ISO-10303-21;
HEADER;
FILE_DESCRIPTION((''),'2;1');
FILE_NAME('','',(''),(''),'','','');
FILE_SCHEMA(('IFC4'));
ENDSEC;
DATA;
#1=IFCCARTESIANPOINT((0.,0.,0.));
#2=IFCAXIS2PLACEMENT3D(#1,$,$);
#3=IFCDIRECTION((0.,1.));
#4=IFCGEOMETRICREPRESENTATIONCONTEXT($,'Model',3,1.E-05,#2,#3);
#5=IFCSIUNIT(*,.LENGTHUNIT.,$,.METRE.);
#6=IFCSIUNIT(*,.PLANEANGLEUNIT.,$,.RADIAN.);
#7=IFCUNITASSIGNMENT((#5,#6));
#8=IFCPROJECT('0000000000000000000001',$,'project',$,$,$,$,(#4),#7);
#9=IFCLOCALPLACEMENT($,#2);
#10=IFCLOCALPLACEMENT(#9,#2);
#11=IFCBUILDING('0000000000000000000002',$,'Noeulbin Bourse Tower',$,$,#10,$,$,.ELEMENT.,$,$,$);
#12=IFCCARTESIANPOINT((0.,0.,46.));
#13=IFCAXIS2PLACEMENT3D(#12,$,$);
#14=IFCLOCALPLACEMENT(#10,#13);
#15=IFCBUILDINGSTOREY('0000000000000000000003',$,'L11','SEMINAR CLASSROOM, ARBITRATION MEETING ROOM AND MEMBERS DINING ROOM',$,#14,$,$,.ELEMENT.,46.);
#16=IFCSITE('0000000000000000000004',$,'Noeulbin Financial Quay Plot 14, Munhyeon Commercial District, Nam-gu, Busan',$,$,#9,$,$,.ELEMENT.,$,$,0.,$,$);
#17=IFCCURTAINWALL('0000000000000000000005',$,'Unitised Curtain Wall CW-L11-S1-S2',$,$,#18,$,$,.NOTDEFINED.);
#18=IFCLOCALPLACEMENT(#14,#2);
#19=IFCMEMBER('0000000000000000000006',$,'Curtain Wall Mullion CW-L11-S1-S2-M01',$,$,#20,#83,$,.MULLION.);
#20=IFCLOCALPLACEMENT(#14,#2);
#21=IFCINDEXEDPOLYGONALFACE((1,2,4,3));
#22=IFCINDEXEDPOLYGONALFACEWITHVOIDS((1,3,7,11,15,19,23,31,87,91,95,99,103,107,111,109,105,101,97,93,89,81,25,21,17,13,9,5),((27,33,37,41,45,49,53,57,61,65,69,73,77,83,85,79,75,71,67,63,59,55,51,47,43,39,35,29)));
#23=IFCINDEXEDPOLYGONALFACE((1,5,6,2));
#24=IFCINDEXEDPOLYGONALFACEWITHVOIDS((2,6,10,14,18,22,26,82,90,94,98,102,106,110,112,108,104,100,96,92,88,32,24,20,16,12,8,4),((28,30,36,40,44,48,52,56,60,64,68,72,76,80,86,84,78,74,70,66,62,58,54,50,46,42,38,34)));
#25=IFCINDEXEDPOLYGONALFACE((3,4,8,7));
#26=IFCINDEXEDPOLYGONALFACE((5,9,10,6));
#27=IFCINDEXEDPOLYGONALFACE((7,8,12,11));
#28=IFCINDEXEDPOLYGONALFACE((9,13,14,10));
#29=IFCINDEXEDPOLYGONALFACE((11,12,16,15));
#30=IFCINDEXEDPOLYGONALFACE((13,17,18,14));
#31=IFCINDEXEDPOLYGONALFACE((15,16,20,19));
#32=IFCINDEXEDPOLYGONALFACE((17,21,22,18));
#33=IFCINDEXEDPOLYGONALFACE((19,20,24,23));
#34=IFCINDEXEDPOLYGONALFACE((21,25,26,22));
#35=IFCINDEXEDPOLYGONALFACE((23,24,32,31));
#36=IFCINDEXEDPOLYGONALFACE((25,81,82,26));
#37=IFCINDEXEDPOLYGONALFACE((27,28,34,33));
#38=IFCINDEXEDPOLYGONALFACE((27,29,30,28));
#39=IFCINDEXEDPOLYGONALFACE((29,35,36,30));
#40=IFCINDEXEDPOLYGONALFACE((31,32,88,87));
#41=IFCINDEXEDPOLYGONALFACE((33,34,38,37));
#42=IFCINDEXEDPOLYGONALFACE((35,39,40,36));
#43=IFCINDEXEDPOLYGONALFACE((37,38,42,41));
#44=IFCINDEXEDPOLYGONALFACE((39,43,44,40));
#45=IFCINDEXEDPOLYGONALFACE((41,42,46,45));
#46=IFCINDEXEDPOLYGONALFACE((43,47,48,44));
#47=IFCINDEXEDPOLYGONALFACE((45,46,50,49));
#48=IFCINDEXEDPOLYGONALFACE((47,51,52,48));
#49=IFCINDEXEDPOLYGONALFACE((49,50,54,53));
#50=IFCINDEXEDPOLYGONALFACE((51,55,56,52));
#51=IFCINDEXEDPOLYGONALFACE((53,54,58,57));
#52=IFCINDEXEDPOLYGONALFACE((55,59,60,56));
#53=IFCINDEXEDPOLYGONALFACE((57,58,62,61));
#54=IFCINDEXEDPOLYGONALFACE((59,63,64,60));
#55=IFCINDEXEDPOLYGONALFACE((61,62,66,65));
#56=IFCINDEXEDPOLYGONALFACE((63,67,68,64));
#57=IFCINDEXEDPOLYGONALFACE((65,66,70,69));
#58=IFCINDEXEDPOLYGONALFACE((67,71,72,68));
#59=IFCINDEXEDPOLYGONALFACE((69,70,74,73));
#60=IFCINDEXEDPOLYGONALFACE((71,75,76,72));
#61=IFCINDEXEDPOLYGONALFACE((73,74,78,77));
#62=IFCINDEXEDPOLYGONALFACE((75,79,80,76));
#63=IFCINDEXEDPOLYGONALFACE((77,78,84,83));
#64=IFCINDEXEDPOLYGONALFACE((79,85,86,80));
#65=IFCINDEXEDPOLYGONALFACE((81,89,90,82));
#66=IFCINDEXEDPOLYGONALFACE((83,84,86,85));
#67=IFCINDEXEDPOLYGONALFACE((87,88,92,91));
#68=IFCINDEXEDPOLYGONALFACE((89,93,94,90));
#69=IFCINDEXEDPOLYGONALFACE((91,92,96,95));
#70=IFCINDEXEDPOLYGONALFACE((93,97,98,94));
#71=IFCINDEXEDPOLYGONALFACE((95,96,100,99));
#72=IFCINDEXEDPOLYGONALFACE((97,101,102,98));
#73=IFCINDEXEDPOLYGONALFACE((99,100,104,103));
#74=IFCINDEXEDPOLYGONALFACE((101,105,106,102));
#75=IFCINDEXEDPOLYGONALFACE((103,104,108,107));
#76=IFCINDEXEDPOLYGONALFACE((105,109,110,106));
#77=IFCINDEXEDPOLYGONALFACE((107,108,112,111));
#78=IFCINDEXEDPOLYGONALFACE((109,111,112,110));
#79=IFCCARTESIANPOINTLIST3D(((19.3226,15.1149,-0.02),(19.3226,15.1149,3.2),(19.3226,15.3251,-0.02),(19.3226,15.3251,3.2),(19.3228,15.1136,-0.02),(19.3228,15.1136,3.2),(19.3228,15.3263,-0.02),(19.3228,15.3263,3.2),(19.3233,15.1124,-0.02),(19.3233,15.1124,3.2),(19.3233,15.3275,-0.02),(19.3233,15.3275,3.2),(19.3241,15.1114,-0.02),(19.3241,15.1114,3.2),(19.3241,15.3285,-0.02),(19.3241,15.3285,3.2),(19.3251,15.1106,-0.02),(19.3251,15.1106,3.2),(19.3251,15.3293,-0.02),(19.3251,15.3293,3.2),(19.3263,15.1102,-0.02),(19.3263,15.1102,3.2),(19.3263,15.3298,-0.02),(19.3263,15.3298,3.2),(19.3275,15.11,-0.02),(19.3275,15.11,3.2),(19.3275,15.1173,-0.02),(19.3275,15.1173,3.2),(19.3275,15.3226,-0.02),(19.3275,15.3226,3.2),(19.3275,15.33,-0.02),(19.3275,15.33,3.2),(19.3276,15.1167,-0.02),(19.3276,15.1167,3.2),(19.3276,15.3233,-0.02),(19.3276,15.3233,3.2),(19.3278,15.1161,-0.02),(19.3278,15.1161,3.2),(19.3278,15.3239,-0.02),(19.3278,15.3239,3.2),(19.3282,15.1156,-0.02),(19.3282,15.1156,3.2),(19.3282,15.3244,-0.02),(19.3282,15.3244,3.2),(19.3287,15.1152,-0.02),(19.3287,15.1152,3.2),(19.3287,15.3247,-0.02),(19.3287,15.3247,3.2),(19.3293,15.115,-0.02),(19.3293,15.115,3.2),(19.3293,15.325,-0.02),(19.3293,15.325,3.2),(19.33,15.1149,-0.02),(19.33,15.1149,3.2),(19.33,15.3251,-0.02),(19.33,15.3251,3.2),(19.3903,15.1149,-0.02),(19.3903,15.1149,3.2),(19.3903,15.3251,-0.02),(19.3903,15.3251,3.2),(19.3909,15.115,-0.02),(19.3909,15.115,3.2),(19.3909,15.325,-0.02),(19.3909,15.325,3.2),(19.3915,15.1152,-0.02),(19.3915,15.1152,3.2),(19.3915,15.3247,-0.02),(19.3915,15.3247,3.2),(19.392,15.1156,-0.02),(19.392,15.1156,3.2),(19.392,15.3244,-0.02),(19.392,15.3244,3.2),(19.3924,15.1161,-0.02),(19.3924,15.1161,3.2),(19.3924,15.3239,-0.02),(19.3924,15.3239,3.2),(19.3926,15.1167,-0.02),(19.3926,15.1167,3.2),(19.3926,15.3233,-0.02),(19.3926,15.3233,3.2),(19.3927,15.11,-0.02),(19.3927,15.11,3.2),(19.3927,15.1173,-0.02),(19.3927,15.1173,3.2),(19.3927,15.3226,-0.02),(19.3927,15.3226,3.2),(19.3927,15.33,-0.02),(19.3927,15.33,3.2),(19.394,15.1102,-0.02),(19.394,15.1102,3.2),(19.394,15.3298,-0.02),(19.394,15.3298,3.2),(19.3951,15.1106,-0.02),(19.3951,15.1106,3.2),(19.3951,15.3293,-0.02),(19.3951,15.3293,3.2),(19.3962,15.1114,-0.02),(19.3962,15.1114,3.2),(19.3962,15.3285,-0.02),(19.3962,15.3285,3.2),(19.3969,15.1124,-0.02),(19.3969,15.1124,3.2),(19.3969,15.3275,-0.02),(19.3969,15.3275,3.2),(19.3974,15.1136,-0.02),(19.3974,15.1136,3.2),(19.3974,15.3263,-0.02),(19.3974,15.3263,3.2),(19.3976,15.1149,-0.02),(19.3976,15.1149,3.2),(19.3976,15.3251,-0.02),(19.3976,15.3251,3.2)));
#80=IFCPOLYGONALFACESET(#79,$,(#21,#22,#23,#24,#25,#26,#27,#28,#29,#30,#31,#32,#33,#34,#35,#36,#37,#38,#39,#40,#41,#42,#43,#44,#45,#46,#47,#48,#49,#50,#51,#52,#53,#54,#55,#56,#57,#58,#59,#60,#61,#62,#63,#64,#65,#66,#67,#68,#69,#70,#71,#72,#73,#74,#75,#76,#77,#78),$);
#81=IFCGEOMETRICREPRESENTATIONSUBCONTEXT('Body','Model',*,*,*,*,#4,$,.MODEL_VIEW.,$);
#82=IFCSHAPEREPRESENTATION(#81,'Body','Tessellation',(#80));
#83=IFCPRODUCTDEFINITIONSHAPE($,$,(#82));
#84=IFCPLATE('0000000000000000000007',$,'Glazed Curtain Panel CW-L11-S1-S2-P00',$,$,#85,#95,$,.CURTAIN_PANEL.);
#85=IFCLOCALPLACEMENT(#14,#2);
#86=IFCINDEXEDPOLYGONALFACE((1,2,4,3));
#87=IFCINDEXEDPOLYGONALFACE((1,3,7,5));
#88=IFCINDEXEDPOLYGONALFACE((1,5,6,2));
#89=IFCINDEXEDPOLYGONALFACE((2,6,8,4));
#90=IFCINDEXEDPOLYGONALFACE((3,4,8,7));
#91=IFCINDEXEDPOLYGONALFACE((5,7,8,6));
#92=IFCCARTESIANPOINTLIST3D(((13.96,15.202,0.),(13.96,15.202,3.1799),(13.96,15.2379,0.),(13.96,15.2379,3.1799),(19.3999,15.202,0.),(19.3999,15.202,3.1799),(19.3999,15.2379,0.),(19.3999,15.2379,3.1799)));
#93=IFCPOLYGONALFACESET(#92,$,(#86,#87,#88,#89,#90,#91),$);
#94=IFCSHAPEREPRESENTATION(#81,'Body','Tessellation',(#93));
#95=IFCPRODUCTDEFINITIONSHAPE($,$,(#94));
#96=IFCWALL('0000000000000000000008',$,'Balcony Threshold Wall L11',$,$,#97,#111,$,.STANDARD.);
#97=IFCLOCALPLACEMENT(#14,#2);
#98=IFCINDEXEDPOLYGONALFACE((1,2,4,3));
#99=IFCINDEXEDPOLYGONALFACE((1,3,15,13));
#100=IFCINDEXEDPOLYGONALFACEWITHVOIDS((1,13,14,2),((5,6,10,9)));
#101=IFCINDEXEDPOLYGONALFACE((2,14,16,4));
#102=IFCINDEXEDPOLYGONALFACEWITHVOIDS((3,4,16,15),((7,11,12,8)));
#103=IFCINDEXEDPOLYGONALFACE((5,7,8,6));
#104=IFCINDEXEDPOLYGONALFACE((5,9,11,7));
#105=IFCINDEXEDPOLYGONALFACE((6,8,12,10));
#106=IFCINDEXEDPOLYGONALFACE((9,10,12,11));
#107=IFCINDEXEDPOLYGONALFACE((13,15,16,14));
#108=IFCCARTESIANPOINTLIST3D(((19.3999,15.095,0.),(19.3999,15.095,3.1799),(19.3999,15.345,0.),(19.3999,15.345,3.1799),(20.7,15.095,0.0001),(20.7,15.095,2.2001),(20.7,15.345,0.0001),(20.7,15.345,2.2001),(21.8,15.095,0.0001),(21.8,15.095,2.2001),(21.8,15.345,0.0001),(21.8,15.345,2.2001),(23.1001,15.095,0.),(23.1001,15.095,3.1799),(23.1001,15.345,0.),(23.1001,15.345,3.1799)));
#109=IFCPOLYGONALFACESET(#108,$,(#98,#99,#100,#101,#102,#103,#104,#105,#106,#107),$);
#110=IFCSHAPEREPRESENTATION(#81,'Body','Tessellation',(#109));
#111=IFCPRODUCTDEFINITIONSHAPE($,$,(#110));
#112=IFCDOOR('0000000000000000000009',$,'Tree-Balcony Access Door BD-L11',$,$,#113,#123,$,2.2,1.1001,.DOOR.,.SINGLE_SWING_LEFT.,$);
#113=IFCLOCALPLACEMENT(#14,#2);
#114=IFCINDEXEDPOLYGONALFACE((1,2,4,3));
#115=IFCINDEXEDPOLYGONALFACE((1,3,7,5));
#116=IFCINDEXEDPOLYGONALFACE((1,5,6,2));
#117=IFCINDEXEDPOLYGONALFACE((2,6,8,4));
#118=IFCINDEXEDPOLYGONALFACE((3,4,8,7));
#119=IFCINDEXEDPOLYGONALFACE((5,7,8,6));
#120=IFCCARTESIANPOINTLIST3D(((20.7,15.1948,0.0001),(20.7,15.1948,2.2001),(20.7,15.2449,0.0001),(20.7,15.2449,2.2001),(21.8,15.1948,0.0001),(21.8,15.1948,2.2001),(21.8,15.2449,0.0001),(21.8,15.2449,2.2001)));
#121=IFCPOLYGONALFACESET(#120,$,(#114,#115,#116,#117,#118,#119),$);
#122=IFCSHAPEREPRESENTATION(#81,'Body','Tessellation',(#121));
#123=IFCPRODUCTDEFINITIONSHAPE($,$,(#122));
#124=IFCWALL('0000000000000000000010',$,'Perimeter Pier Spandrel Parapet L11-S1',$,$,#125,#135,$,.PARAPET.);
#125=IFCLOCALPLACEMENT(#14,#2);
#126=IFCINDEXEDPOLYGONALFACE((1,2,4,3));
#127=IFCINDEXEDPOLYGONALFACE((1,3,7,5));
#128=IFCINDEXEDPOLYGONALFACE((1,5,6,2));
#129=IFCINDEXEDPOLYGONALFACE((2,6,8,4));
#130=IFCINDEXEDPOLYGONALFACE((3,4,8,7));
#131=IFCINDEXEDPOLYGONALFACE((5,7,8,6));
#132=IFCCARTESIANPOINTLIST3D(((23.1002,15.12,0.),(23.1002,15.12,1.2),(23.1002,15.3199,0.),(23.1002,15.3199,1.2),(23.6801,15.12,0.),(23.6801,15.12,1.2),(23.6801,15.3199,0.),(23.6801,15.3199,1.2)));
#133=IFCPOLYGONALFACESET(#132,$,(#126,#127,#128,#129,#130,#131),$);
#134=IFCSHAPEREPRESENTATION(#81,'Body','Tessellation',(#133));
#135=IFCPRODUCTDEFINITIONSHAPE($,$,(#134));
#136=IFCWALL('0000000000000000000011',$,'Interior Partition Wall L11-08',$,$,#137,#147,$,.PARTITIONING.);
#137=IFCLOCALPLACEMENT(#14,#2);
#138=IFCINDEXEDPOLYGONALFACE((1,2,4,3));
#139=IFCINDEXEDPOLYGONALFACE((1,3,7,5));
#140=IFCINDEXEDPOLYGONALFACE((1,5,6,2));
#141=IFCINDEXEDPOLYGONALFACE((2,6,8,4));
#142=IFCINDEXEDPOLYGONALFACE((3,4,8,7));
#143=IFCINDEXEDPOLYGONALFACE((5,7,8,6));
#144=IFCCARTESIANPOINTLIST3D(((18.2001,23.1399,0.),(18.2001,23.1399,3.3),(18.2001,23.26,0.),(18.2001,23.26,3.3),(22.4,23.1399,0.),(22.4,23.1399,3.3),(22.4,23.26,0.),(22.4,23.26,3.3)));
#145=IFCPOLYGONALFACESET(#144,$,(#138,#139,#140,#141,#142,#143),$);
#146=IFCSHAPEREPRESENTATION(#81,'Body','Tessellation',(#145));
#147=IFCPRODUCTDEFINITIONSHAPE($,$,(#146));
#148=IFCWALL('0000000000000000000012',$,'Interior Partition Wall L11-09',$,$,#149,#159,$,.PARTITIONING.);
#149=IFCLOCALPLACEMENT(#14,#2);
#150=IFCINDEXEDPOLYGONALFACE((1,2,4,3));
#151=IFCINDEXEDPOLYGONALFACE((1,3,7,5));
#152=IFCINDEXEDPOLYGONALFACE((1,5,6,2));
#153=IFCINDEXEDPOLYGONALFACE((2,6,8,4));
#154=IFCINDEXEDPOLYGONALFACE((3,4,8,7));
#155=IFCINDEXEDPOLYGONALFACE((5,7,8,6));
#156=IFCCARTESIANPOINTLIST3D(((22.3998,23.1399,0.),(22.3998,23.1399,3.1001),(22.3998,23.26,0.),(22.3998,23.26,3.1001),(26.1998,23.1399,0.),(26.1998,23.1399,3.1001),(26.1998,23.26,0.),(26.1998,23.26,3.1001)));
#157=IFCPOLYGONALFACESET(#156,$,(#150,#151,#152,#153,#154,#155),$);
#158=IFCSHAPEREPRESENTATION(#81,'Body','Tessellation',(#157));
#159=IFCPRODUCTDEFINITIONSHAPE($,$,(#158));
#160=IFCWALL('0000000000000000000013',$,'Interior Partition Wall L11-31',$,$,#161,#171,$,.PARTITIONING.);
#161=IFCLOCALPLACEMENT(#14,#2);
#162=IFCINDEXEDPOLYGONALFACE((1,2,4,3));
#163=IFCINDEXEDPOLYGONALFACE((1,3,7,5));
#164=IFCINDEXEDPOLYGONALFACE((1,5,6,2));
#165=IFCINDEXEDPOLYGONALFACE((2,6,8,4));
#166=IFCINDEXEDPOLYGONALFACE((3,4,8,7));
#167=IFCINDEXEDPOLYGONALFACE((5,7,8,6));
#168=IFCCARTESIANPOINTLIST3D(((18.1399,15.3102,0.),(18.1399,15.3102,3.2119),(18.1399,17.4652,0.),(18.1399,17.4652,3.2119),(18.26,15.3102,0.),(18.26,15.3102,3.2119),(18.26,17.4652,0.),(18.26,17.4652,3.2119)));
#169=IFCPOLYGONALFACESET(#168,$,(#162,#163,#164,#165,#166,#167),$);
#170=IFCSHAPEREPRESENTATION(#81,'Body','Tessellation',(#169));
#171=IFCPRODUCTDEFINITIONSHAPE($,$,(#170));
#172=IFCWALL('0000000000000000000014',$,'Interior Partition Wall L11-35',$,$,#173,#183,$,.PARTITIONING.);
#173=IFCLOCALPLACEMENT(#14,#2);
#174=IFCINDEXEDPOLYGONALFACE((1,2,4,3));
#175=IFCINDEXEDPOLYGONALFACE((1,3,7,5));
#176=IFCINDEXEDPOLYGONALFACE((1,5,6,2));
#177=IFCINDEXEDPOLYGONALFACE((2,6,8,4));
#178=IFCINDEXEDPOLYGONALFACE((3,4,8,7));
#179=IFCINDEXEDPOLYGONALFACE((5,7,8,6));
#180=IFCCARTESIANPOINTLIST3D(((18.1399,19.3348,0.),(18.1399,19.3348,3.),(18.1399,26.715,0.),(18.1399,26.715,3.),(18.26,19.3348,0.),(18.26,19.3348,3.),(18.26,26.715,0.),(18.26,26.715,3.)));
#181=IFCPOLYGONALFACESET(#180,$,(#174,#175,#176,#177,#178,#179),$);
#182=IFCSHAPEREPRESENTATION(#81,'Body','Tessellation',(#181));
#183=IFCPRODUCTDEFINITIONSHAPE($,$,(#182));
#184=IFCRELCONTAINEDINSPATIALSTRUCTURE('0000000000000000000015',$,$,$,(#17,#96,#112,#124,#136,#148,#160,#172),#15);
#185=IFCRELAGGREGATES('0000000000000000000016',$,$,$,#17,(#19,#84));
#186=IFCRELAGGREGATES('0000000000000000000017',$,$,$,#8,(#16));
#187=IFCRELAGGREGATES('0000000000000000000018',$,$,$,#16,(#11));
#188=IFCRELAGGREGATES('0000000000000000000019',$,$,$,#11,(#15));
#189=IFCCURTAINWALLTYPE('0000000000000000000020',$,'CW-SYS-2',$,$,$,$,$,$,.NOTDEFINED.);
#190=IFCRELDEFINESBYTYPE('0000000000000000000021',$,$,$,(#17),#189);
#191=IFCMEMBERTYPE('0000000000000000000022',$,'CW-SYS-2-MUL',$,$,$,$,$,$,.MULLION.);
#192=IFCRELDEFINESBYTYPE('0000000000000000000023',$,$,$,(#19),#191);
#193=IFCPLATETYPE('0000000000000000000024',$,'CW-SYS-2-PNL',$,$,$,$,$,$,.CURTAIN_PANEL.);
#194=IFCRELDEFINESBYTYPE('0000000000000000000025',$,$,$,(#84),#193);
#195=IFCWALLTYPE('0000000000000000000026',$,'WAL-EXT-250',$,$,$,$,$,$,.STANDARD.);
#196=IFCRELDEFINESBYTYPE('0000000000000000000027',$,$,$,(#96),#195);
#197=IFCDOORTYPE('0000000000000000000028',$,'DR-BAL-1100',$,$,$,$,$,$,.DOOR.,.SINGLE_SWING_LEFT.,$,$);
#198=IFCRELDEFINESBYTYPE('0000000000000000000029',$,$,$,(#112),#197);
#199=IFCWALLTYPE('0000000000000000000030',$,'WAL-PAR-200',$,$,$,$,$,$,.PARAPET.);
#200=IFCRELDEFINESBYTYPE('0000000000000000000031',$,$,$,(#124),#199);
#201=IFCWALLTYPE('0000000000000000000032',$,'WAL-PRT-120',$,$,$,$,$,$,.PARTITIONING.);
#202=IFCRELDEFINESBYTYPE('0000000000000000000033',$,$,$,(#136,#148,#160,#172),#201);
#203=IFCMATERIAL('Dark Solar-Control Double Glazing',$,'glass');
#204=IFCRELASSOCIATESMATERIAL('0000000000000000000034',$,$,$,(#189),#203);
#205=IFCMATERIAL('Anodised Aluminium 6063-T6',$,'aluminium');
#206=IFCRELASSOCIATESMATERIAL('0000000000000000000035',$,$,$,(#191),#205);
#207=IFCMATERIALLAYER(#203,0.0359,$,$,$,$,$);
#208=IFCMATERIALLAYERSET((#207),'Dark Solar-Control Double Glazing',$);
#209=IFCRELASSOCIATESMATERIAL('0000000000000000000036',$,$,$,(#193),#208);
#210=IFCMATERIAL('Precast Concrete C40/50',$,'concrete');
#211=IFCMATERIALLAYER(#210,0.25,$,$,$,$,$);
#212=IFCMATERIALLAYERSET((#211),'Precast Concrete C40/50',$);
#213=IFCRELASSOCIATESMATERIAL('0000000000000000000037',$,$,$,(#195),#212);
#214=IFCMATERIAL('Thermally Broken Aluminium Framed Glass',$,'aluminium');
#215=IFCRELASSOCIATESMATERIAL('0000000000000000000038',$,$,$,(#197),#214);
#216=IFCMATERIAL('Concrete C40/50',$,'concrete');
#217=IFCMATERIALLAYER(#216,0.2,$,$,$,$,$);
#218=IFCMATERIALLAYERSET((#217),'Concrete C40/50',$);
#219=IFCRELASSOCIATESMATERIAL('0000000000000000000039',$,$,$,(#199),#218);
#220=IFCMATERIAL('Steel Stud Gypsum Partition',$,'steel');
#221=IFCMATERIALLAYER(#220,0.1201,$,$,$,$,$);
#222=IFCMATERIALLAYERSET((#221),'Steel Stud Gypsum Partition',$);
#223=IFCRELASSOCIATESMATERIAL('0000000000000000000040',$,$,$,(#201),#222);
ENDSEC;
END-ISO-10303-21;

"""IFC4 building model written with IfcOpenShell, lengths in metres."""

from ifc_helpers import new_model, si_unit, direction, frame, frame_2d, origin, origin_2d, place, context, subcontext, project, spatial, rectangle, hollow_rectangle, extrude, material, layer, layer_set, material_profile, profile_set, type_object, element, fill, aggregate, save


model = new_model("IFC4")

# Units and contexts
model_context = context("Model", 3, precision=1e-05, world=origin(), true_north=direction((0.0, 1.0)))
body_context = subcontext(model_context, "Body", "Model", "MODEL_VIEW")
ifc_project = project(units=[si_unit("LENGTHUNIT", "METRE"), si_unit("PLANEANGLEUNIT", "RADIAN")], contexts=[model_context])

# Site, building, storey
site_placement = place(None, origin())
site = spatial("IfcSite", under=ifc_project, at=site_placement, Name="Noeulbin Financial Quay Plot 14, Munhyeon Commercial District, Nam-gu, Busan", CompositionType="ELEMENT", RefElevation=0.0)
building_placement = place(site_placement, origin())
building = spatial("IfcBuilding", under=site, at=building_placement, Name="Noeulbin Bourse Tower", CompositionType="ELEMENT")
storey_placement = place(building_placement, frame((0.0, 0.0, 46.0)))
storey = spatial("IfcBuildingStorey", under=building, at=storey_placement, Name="L11", Description="SEMINAR CLASSROOM, ARBITRATION MEETING ROOM AND MEMBERS DINING ROOM", CompositionType="ELEMENT", Elevation=46.0)

# Curtain wall, member, plate
ifc_material_1 = material(Name="Dark Solar-Control Double Glazing", Category="glass")
curtain_wall_type = type_object("IfcCurtainWallType", Name="CW-SYS-2", PredefinedType="NOTDEFINED", material=ifc_material_1)
curtain_wall_placement = place(storey_placement, origin())
curtain_wall = element("IfcCurtainWall", 1, at=curtain_wall_placement, inside=storey, type_object=curtain_wall_type, Name="Unitised Curtain Wall CW-L11-S1-S2", PredefinedType="NOTDEFINED")
ifc_material_2 = material(Name="Anodised Aluminium 6063-T6", Category="aluminium")
ifc_material_profile_1 = material_profile(ifc_material_2, hollow_rectangle(XDim=0.075, YDim=0.22, WallThickness=0.0049, InnerFilletRadius=0.0024, OuterFilletRadius=0.0049, at=origin_2d()), Name="ALU-MULL-75x220x5", Category="LoadBearing")
ifc_profile_set_1 = profile_set([ifc_material_profile_1], Name="Anodised Aluminium 6063-T6")
member_type = type_object("IfcMemberType", Name="CW-SYS-2-MUL", PredefinedType="MULLION", material=ifc_profile_set_1)
member_placement = place(storey_placement, frame((19.3601, 15.22, -0.02), z_axis=(0.0, 0.0, 1.0), x_axis=(1.0, 0.0, 0.0)))
member = element("IfcMember", 2, at=member_placement, type_object=member_type, Name="Curtain Wall Mullion CW-L11-S1-S2-M01", PredefinedType="MULLION", context=body_context, shape_type="SweptSolid", body=[
    extrude(hollow_rectangle(XDim=0.075, YDim=0.22, WallThickness=0.0049, InnerFilletRadius=0.0024, OuterFilletRadius=0.0049, at=origin_2d()), origin(), (0.0, 0.0, 1.0), 3.22),
])
ifc_layer_1 = layer(ifc_material_1, 0.0359)
ifc_layer_set_1 = layer_set([ifc_layer_1], Name="Dark Solar-Control Double Glazing")
plate_type = type_object("IfcPlateType", Name="CW-SYS-2-PNL", PredefinedType="CURTAIN_PANEL", material=ifc_layer_set_1)
plate_placement = place(storey_placement, frame((16.6799, 15.22, 0.0), z_axis=(0.0, 0.0, 1.0), x_axis=(1.0, 0.0, 0.0)))
plate = element("IfcPlate", 3, at=plate_placement, type_object=plate_type, Name="Glazed Curtain Panel CW-L11-S1-S2-P00", PredefinedType="CURTAIN_PANEL", context=body_context, shape_type="SweptSolid", body=[
    extrude(rectangle(XDim=5.4399, YDim=0.0359, at=origin_2d()), origin(), (0.0, 0.0, 1.0), 3.1799),
])
aggregate(curtain_wall, [member, plate])

# Wall, opening, door
ifc_material_3 = material(Name="Precast Concrete C40/50", Category="concrete")
ifc_layer_2 = layer(ifc_material_3, 0.25)
ifc_layer_set_2 = layer_set([ifc_layer_2], Name="Precast Concrete C40/50")
wall_type_1 = type_object("IfcWallType", Name="WAL-EXT-250", PredefinedType="STANDARD", material=ifc_layer_set_2)
wall_1_placement = place(storey_placement, frame((19.3999, 15.22, 0.0), z_axis=(0.0, 0.0, 1.0), x_axis=(1.0, 0.0, 0.0)))
wall_1 = element("IfcWall", 4, at=wall_1_placement, inside=storey, type_object=wall_type_1, Name="Balcony Threshold Wall L11", PredefinedType="STANDARD", context=body_context, shape_type="SweptSolid", body=[
    extrude(rectangle(XDim=3.7002, YDim=0.25, at=frame_2d((1.8501, 0.0))), origin(), (0.0, 0.0, 1.0), 3.1799),
])
opening_placement = place(wall_1_placement, frame((1.3, 0.0, 0.0)))
opening = element("IfcOpeningElement", 5, at=opening_placement, cuts=wall_1, PredefinedType="OPENING", context=body_context, shape_type="SweptSolid", body=[
    extrude(rectangle(XDim=1.1001, YDim=2.2, at=frame_2d((0.55, 1.1001))), frame((0.0, 0.135, 0.0), z_axis=(0.0, -1.0, 0.0), x_axis=(1.0, 0.0, 0.0)), (0.0, 0.0, 1.0), 0.27),
])
ifc_material_4 = material(Name="Thermally Broken Aluminium Framed Glass", Category="aluminium")
door_type = type_object("IfcDoorType", Name="DR-BAL-1100", OperationType="SINGLE_SWING_LEFT", PredefinedType="DOOR", material=ifc_material_4)
door_placement = place(opening_placement, origin())
door = element("IfcDoor", 6, at=door_placement, inside=storey, type_object=door_type, Name="Tree-Balcony Access Door BD-L11", OperationType="SINGLE_SWING_LEFT", OverallHeight=2.2, OverallWidth=1.1001, PredefinedType="DOOR", context=body_context, shape_type="SweptSolid", body=[
    extrude(rectangle(XDim=1.1001, YDim=2.2, at=frame_2d((0.55, 1.1001))), frame((0.0, 0.0249, 0.0), z_axis=(0.0, -1.0, 0.0), x_axis=(1.0, 0.0, 0.0)), (0.0, 0.0, 1.0), 0.05),
])
fill(opening, door)

# Walls
ifc_material_5 = material(Name="Concrete C40/50", Category="concrete")
ifc_layer_3 = layer(ifc_material_5, 0.2)
ifc_layer_set_3 = layer_set([ifc_layer_3], Name="Concrete C40/50")
wall_type_2 = type_object("IfcWallType", Name="WAL-PAR-200", PredefinedType="PARAPET", material=ifc_layer_set_3)
wall_2_placement = place(storey_placement, frame((23.1001, 15.22, 0.0), z_axis=(0.0, 0.0, 1.0), x_axis=(1.0, 0.0, 0.0)))
element("IfcWall", 7, at=wall_2_placement, inside=storey, type_object=wall_type_2, Name="Perimeter Pier Spandrel Parapet L11-S1", PredefinedType="PARAPET", context=body_context, shape_type="SweptSolid", body=[
    extrude(rectangle(XDim=0.5798, YDim=0.2, at=frame_2d((0.29, 0.0))), origin(), (0.0, 0.0, 1.0), 1.2),
])
ifc_material_6 = material(Name="Steel Stud Gypsum Partition", Category="steel")
ifc_layer_4 = layer(ifc_material_6, 0.1201)
ifc_layer_set_4 = layer_set([ifc_layer_4], Name="Steel Stud Gypsum Partition")
wall_type_3 = type_object("IfcWallType", Name="WAL-PRT-120", PredefinedType="PARTITIONING", material=ifc_layer_set_4)
wall_3_placement = place(storey_placement, frame((18.2, 23.2, 0.0), z_axis=(0.0, 0.0, 1.0), x_axis=(1.0, 0.0, 0.0)))
element("IfcWall", 8, at=wall_3_placement, inside=storey, type_object=wall_type_3, Name="Interior Partition Wall L11-08", PredefinedType="PARTITIONING", context=body_context, shape_type="SweptSolid", body=[
    extrude(rectangle(XDim=4.2, YDim=0.1201, at=frame_2d((2.1001, 0.0))), origin(), (0.0, 0.0, 1.0), 3.3),
])
wall_4_placement = place(storey_placement, frame((22.3999, 23.2, 0.0), z_axis=(0.0, 0.0, 1.0), x_axis=(1.0, 0.0, 0.0)))
element("IfcWall", 9, at=wall_4_placement, inside=storey, type_object=wall_type_3, Name="Interior Partition Wall L11-09", PredefinedType="PARTITIONING", context=body_context, shape_type="SweptSolid", body=[
    extrude(rectangle(XDim=3.8, YDim=0.1201, at=frame_2d((1.8999, 0.0))), origin(), (0.0, 0.0, 1.0), 3.1001),
])
wall_5_placement = place(storey_placement, frame((18.2, 15.3101, 0.0), z_axis=(0.0, 0.0, 1.0), x_axis=(0.0, 1.0, 0.0)))
element("IfcWall", 10, at=wall_5_placement, inside=storey, type_object=wall_type_3, Name="Interior Partition Wall L11-31", PredefinedType="PARTITIONING", context=body_context, shape_type="SweptSolid", body=[
    extrude(rectangle(XDim=2.155, YDim=0.1201, at=frame_2d((1.0776, 0.0))), origin(), (0.0, 0.0, 1.0), 3.2119),
])
for number, where, z_axis, x_axis, name in (
    (11, (18.2, 19.335, 0.0), (0.0, 0.0, 1.0), (0.0, 1.0, 0.0), "Interior Partition Wall L11-35"),
):
    element("IfcWall", number, at=place(storey_placement, frame(where, z_axis=z_axis, x_axis=x_axis)), inside=storey, type_object=wall_type_3, Name=name, PredefinedType="PARTITIONING", context=body_context, shape_type="SweptSolid", body=[
        extrude(rectangle(XDim=7.3801, YDim=0.1201, at=frame_2d((3.6899, 0.0))), origin(), (0.0, 0.0, 1.0), 3.0),
    ])

save(model, "model.ifc")
